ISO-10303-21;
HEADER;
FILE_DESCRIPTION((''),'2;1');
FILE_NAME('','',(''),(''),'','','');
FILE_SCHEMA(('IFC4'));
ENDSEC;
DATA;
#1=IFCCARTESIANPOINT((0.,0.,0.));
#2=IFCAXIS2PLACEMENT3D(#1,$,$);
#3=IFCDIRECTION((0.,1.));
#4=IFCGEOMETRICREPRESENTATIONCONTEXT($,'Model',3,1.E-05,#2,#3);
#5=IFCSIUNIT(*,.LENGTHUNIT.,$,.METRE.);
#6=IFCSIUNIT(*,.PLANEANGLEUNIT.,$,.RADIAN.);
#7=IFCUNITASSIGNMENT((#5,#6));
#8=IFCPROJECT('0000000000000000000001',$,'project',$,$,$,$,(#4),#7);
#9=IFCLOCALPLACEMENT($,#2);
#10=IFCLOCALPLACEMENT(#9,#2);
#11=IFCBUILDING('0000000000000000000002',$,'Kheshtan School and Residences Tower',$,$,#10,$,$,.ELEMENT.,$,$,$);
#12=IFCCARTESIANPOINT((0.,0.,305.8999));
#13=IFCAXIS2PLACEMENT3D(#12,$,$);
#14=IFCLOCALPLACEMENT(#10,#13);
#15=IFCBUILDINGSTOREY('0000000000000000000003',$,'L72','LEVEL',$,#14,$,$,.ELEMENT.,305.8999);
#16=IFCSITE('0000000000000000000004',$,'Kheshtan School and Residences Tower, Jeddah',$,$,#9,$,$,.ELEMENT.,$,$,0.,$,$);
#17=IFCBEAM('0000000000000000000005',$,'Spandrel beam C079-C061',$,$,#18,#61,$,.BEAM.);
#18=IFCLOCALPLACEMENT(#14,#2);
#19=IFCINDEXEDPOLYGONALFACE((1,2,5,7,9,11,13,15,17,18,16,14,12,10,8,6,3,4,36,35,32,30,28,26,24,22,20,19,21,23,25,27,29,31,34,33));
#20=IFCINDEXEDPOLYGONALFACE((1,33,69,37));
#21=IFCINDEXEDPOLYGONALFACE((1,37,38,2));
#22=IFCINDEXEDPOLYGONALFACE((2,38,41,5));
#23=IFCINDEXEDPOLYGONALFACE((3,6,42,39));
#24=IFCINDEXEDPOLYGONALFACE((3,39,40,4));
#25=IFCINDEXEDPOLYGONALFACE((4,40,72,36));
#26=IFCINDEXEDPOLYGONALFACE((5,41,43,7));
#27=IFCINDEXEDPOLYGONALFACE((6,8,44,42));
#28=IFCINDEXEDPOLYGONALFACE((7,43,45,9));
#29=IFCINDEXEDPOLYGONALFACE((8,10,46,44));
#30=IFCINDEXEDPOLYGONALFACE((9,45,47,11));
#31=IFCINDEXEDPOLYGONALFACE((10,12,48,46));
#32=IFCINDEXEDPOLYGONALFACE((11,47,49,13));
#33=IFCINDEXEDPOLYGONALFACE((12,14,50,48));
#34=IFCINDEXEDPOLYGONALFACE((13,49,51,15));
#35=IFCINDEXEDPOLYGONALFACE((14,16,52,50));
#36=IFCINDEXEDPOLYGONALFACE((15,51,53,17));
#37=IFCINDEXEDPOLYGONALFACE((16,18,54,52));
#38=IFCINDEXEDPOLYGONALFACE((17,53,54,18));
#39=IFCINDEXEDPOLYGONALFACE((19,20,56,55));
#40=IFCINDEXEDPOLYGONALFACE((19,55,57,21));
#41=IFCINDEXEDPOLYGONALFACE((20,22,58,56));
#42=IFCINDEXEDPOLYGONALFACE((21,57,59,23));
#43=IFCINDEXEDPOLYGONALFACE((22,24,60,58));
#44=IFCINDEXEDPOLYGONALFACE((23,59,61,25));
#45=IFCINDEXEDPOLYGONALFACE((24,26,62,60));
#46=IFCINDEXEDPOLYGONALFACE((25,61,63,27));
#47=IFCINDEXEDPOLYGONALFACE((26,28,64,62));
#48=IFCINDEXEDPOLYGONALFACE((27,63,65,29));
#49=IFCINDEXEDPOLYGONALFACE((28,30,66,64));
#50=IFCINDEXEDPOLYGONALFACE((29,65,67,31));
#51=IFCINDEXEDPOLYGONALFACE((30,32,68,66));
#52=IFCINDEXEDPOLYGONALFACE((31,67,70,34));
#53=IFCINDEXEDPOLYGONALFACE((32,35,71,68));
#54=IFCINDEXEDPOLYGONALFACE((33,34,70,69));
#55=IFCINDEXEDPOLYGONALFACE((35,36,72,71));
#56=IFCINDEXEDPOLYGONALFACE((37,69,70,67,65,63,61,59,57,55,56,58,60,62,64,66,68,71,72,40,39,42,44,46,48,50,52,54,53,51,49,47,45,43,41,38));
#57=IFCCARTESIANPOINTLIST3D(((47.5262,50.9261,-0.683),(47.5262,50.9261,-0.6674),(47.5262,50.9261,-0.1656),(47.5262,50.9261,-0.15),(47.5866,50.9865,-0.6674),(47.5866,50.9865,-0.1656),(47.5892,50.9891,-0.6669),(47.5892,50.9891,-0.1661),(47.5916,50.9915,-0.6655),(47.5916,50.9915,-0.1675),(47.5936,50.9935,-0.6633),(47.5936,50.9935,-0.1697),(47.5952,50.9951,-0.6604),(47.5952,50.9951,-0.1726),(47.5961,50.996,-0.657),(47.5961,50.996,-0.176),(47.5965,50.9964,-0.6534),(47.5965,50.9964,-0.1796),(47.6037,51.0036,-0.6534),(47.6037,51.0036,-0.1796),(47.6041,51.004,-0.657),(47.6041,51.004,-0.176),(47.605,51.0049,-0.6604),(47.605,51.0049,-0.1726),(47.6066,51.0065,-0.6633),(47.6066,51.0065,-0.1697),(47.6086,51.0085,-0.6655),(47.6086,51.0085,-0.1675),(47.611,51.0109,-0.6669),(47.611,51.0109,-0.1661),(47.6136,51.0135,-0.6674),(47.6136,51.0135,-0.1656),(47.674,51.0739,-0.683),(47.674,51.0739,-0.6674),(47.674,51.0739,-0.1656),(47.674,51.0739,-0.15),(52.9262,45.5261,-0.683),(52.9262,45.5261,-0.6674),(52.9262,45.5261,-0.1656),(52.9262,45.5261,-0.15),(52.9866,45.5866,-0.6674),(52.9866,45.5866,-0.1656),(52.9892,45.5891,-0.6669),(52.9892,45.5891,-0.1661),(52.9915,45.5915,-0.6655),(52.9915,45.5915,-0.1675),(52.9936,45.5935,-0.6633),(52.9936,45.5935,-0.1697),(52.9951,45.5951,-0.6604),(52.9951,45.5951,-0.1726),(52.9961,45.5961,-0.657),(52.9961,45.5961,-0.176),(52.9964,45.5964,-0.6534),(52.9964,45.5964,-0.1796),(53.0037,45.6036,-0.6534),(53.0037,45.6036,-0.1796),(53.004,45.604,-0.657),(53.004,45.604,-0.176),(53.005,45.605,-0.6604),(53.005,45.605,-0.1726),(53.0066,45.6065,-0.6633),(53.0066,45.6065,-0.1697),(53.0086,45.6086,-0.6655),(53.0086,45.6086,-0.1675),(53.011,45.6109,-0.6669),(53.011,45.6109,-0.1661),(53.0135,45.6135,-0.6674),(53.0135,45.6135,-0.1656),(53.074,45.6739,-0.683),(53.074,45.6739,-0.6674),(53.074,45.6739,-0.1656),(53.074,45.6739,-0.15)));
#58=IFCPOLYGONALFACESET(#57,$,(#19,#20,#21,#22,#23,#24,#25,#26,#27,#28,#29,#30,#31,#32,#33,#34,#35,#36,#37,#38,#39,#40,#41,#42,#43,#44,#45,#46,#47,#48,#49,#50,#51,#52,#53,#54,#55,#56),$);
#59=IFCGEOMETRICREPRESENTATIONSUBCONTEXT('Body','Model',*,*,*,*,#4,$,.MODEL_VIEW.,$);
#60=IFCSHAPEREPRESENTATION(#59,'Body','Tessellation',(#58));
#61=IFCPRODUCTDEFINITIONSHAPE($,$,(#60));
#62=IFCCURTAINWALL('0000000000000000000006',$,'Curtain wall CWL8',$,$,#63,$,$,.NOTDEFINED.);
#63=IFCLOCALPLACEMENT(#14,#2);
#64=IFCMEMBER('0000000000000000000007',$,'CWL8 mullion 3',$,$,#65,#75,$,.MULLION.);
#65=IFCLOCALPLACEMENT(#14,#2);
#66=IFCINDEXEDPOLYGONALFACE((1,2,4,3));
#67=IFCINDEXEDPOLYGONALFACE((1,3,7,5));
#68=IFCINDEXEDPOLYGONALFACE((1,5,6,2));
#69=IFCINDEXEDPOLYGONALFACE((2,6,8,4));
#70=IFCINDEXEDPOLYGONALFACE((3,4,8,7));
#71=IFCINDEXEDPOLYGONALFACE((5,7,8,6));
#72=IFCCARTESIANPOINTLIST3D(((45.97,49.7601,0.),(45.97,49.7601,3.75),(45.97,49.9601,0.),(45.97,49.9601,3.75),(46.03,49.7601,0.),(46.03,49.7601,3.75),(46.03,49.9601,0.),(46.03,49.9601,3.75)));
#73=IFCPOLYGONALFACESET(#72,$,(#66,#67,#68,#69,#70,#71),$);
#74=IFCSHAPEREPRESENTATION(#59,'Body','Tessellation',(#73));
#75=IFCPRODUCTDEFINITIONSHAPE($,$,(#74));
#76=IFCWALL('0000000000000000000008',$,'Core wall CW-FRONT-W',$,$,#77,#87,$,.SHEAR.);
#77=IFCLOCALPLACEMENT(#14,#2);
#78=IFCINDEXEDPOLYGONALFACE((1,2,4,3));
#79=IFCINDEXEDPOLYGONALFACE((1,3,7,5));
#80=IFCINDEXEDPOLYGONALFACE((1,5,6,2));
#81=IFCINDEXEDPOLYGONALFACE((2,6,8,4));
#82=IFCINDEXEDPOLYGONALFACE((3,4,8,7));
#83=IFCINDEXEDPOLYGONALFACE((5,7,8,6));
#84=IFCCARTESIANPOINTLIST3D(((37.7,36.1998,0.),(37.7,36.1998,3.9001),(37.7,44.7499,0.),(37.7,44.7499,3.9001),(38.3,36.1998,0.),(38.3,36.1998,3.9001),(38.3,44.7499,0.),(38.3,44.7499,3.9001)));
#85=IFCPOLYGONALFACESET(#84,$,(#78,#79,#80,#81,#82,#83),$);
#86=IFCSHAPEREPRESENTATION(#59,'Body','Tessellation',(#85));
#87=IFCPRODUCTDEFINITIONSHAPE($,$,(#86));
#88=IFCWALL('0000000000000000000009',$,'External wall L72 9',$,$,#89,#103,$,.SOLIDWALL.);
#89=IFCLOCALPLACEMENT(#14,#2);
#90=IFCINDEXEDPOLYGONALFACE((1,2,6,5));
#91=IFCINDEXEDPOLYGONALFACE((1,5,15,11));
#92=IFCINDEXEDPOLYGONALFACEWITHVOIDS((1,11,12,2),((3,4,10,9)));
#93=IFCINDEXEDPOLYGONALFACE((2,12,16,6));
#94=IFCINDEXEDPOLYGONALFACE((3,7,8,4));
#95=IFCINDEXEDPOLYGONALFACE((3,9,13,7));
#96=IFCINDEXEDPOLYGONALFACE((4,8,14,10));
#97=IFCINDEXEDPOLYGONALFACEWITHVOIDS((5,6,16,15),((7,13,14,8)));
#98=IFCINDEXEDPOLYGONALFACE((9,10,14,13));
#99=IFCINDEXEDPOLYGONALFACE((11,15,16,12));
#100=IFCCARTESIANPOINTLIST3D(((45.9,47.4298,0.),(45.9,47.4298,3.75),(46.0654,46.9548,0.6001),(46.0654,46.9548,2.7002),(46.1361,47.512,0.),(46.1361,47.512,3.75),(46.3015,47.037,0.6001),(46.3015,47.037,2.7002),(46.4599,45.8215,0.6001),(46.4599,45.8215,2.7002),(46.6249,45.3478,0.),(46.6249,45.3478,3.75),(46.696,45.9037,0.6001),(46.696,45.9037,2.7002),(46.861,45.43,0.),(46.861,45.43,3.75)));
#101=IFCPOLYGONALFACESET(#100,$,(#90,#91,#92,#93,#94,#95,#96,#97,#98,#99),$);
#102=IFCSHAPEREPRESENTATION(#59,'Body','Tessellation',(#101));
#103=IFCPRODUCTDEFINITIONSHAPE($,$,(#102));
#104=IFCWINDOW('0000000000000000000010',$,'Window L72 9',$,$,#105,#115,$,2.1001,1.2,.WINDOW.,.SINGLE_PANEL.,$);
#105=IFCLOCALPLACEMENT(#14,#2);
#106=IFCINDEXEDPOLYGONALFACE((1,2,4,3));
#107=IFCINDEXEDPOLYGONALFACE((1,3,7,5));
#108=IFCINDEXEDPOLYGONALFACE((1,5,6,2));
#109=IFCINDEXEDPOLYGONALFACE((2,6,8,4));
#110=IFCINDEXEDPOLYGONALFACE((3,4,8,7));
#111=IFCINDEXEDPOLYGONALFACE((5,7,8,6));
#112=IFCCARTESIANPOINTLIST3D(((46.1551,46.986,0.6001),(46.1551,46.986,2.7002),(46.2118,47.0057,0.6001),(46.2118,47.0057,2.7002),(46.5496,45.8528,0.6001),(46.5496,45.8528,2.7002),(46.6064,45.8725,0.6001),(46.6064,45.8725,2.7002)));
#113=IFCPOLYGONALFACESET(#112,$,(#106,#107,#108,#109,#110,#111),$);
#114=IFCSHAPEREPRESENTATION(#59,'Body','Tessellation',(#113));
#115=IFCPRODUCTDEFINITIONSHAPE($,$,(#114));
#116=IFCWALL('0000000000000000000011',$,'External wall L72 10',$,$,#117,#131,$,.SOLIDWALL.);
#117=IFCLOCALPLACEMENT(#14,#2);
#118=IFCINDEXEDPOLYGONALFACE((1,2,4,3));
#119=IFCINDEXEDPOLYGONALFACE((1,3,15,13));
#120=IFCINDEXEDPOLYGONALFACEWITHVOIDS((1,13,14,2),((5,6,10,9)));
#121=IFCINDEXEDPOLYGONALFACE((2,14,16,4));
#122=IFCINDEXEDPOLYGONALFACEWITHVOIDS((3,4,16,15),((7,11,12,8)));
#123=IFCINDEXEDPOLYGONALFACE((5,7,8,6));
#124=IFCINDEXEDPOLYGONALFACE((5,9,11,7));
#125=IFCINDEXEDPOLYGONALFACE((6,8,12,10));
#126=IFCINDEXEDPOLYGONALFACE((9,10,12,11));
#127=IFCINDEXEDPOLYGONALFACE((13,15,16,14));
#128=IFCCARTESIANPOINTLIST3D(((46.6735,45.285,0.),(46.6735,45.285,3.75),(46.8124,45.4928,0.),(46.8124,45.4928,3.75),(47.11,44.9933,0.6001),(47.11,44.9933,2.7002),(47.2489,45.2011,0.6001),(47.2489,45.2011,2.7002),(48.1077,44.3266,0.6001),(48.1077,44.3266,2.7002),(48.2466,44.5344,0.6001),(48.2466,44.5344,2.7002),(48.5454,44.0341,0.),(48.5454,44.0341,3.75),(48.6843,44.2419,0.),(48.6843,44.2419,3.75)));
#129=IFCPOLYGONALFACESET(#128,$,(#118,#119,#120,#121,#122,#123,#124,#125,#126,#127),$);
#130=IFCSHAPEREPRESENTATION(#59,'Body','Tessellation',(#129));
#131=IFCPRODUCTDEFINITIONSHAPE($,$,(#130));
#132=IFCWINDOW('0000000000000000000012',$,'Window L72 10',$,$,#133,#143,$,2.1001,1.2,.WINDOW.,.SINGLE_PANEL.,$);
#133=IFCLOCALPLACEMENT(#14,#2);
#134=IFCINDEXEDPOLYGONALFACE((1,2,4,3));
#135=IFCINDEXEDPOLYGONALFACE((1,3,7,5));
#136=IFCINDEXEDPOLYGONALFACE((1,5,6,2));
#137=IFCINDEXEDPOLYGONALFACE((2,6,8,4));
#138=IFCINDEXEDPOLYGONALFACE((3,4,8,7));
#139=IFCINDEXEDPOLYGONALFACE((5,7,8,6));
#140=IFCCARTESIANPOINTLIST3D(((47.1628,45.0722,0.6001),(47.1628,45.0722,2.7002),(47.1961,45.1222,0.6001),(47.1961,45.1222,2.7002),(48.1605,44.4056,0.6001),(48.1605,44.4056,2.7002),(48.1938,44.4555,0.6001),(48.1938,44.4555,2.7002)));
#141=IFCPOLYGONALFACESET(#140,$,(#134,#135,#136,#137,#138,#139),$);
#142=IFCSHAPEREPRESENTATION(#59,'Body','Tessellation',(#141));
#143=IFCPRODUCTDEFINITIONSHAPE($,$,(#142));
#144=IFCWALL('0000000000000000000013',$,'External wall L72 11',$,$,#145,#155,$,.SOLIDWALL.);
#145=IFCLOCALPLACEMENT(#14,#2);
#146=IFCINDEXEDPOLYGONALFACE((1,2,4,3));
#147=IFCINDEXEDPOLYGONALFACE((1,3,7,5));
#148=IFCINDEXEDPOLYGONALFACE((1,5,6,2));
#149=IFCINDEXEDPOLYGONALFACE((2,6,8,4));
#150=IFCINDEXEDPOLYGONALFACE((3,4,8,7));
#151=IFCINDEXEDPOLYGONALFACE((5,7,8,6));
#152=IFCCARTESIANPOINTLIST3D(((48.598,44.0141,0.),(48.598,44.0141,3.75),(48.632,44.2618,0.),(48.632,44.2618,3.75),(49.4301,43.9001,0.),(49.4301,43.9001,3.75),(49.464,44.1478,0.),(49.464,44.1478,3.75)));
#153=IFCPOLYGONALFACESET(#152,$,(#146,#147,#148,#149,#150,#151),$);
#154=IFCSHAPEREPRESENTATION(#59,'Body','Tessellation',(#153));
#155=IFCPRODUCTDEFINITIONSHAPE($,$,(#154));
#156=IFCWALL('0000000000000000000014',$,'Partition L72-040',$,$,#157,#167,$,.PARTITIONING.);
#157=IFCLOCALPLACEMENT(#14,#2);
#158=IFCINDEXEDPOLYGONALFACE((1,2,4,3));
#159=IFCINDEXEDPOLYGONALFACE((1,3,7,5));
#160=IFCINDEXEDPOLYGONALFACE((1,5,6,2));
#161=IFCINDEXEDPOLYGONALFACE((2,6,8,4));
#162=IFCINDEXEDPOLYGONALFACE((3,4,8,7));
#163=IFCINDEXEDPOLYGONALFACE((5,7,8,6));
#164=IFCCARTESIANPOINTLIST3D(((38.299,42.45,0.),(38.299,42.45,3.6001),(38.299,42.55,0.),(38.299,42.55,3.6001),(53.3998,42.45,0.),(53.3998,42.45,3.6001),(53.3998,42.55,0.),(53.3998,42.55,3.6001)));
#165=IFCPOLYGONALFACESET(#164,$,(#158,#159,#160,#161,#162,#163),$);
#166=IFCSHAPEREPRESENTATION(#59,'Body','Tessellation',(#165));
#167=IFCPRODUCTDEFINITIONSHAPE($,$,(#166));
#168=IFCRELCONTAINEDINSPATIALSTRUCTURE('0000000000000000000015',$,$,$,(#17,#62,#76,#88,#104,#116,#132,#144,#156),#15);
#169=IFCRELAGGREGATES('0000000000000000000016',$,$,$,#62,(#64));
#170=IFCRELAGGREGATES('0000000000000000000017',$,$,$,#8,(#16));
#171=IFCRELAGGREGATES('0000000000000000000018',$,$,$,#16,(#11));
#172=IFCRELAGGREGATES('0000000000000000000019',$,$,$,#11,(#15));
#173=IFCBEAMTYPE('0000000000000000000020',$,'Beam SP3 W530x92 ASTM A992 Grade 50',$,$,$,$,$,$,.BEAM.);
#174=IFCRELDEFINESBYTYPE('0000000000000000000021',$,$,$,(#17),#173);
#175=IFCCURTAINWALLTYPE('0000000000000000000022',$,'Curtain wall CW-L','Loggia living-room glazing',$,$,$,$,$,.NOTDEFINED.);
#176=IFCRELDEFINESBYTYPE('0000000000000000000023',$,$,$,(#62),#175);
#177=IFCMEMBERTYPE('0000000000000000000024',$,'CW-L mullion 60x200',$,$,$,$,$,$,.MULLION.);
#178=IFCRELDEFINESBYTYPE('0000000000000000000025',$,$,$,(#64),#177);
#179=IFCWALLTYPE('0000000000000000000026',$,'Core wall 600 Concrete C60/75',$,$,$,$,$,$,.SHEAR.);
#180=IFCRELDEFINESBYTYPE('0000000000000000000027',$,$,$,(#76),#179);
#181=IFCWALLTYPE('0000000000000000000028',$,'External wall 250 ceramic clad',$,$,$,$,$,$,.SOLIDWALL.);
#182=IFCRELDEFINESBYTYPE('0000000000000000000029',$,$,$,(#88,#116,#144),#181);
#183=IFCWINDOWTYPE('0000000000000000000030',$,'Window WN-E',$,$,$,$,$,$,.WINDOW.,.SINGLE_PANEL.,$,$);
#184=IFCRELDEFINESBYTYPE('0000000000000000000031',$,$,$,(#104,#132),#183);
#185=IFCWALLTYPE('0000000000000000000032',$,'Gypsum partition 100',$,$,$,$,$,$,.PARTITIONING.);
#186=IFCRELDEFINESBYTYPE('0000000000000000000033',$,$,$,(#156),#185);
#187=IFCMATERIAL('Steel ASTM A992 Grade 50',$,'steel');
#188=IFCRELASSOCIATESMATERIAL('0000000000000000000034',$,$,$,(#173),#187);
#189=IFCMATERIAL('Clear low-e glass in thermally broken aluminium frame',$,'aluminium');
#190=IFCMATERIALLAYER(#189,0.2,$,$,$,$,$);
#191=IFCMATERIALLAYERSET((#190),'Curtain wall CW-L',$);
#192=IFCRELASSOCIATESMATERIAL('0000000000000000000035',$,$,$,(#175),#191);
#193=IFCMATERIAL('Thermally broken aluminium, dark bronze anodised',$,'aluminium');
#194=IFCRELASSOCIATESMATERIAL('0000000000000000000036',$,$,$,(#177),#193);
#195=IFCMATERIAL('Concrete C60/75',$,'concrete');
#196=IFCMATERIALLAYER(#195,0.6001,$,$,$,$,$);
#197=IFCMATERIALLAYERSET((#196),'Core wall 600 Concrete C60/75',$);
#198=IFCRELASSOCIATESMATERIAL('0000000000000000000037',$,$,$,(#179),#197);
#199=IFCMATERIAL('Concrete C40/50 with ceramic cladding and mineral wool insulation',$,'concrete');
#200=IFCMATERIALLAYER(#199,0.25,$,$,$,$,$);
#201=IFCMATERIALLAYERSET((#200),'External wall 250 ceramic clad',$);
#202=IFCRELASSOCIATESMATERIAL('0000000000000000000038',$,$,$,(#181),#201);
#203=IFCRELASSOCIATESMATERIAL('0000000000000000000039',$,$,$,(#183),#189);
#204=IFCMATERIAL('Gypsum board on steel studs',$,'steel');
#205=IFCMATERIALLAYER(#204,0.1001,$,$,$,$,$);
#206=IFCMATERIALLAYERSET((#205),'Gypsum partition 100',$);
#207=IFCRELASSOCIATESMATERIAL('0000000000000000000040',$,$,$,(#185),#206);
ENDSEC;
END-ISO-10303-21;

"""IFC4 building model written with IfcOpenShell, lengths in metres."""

from ifc_helpers import new_model, si_unit, direction, frame, frame_2d, origin, origin_2d, place, context, subcontext, project, spatial, rectangle, i_section, extrude, source, transform, mapped, material, layer, layer_set, material_profile, profile_set, type_object, element, fill, aggregate, save


model = new_model("IFC4")

# Units and contexts
model_context = context("Model", 3, precision=1e-05, world=origin(), true_north=direction((0.0, 1.0)))
body_context = subcontext(model_context, "Body", "Model", "MODEL_VIEW")
ifc_project = project(units=[si_unit("LENGTHUNIT", "METRE"), si_unit("PLANEANGLEUNIT", "RADIAN")], contexts=[model_context])

# Site, building, storey
site_placement = place(None, origin())
site = spatial("IfcSite", under=ifc_project, at=site_placement, Name="Kheshtan School and Residences Tower, Jeddah", CompositionType="ELEMENT", RefElevation=0.0)
building_placement = place(site_placement, origin())
building = spatial("IfcBuilding", under=site, at=building_placement, Name="Kheshtan School and Residences Tower", CompositionType="ELEMENT")
storey_placement = place(building_placement, frame((0.0, 0.0, 305.8999)))
storey = spatial("IfcBuildingStorey", under=building, at=storey_placement, Name="L72", Description="LEVEL", CompositionType="ELEMENT", Elevation=305.8999)

# Shared definitions
ifc_material_1 = material(Name="Steel ASTM A992 Grade 50", Category="steel")

# Beam
ifc_material_profile_1 = material_profile(ifc_material_1, i_section(OverallWidth=0.209, OverallDepth=0.533, WebThickness=0.0103, FlangeThickness=0.0156, FilletRadius=0.0139, at=origin_2d()), Name="W530x92")
ifc_profile_set_1 = profile_set([ifc_material_profile_1], Name="Steel ASTM A992 Grade 50")
beam_type_1 = type_object("IfcBeamType", Name="Beam SP3 W530x92 ASTM A992 Grade 50", PredefinedType="BEAM", material=ifc_profile_set_1)
beam_1_placement = place(storey_placement, frame((47.6001, 51.0, -0.4165), z_axis=(0.707107, -0.707107, 0.0), x_axis=(0.707107, 0.707107, 0.0)))
element("IfcBeam", 1, at=beam_1_placement, inside=storey, type_object=beam_type_1, Name="Spandrel beam C079-C061", PredefinedType="BEAM", context=body_context, shape_type="SweptSolid", body=[
    extrude(i_section(OverallWidth=0.209, OverallDepth=0.533, WebThickness=0.0103, FlangeThickness=0.0156, FilletRadius=0.0139, at=origin_2d()), origin(), (0.0, 0.0, 1.0), 7.6367),
])

# Curtain wall, member
ifc_material_2 = material(Name="Clear low-e glass in thermally broken aluminium frame", Category="aluminium")
ifc_layer_1 = layer(ifc_material_2, 0.2)
ifc_layer_set_1 = layer_set([ifc_layer_1], Name="Curtain wall CW-L")
curtain_wall_type = type_object("IfcCurtainWallType", Name="Curtain wall CW-L", Description="Loggia living-room glazing", PredefinedType="NOTDEFINED", material=ifc_layer_set_1)
curtain_wall_placement = place(storey_placement, origin())
curtain_wall = element("IfcCurtainWall", 2, at=curtain_wall_placement, inside=storey, type_object=curtain_wall_type, Name="Curtain wall CWL8", PredefinedType="NOTDEFINED")
ifc_material_3 = material(Name="Thermally broken aluminium, dark bronze anodised", Category="aluminium")
ifc_material_profile_2 = material_profile(ifc_material_3, rectangle(XDim=0.0601, YDim=0.2, at=origin_2d()), Name="CW-L mullion 60x200")
ifc_profile_set_2 = profile_set([ifc_material_profile_2], Name="Thermally broken aluminium, dark bronze anodised")
member_type = type_object("IfcMemberType", Name="CW-L mullion 60x200", PredefinedType="MULLION", material=ifc_profile_set_2)
member_placement = place(storey_placement, frame((46.0, 49.8601, 0.0), z_axis=(0.0, 0.0, 1.0), x_axis=(1.0, 0.0, 0.0)))
member = element("IfcMember", 3, at=member_placement, type_object=member_type, Name="CWL8 mullion 3", PredefinedType="MULLION", context=body_context, shape_type="SweptSolid", body=[
    extrude(rectangle(XDim=0.0601, YDim=0.2, at=origin_2d()), origin(), (0.0, 0.0, 1.0), 3.75),
])
aggregate(curtain_wall, [member])

# Wall
ifc_material_4 = material(Name="Concrete C60/75", Category="concrete")
ifc_layer_2 = layer(ifc_material_4, 0.6001)
ifc_layer_set_2 = layer_set([ifc_layer_2], Name="Core wall 600 Concrete C60/75")
wall_type_1 = type_object("IfcWallType", Name="Core wall 600 Concrete C60/75", PredefinedType="SHEAR", material=ifc_layer_set_2)
wall_1_placement = place(storey_placement, frame((38.0, 36.2, 0.0), z_axis=(0.0, 0.0, 1.0), x_axis=(0.0, 1.0, 0.0)))
element("IfcWall", 4, at=wall_1_placement, inside=storey, type_object=wall_type_1, Name="Core wall CW-FRONT-W", PredefinedType="SHEAR", context=body_context, shape_type="SweptSolid", body=[
    extrude(rectangle(XDim=8.55, YDim=0.6001, at=frame_2d((4.2749, 0.0))), origin(), (0.0, 0.0, 1.0), 3.9001),
])

# Walls, openings, windows
ifc_material_5 = material(Name="Concrete C40/50 with ceramic cladding and mineral wool insulation", Category="concrete")
ifc_layer_3 = layer(ifc_material_5, 0.25)
ifc_layer_set_3 = layer_set([ifc_layer_3], Name="External wall 250 ceramic clad")
wall_type_2 = type_object("IfcWallType", Name="External wall 250 ceramic clad", PredefinedType="SOLIDWALL", material=ifc_layer_set_3)
wall_2_placement = place(storey_placement, frame((46.0181, 47.4709, 0.0), z_axis=(0.0, 0.0, 1.0), x_axis=(0.328791, -0.944403, 0.0)))
wall_2 = element("IfcWall", 5, at=wall_2_placement, inside=storey, type_object=wall_type_2, Name="External wall L72 9", PredefinedType="SOLIDWALL", context=body_context, shape_type="SweptSolid", body=[
    extrude(rectangle(XDim=2.2046, YDim=0.25, at=frame_2d((1.1023, 0.0))), origin(), (0.0, 0.0, 1.0), 3.75),
])
opening_1_placement = place(wall_2_placement, frame((0.5029, 0.0, 0.6001)))
opening_1 = element("IfcOpeningElement", 6, at=opening_1_placement, cuts=wall_2, PredefinedType="OPENING", context=body_context, shape_type="SweptSolid", body=[
    extrude(rectangle(XDim=1.2, YDim=2.1001, at=frame_2d((0.6001, 1.05))), frame((0.0, 0.135, 0.0), z_axis=(0.0, -1.0, 0.0), x_axis=(1.0, 0.0, 0.0)), (0.0, 0.0, 1.0), 0.27),
])
window_type = type_object("IfcWindowType", Name="Window WN-E", PartitioningType="SINGLE_PANEL", PredefinedType="WINDOW", material=ifc_material_2)
shared_shape_1 = source(origin(), body_context, "Body", "SweptSolid", [
    extrude(rectangle(XDim=1.2, YDim=2.1001, at=frame_2d((0.6001, 1.05))), frame((0.0, 0.03, 0.0), z_axis=(0.0, -1.0, 0.0), x_axis=(1.0, 0.0, 0.0)), (0.0, 0.0, 1.0), 0.0601),
])
window_1_placement = place(opening_1_placement, origin())
window_1 = element("IfcWindow", 7, at=window_1_placement, inside=storey, type_object=window_type, Name="Window L72 9", OverallHeight=2.1001, OverallWidth=1.2, PartitioningType="SINGLE_PANEL", PredefinedType="WINDOW", context=body_context, shape_type="MappedRepresentation", body=[
    mapped(shared_shape_1, transform((0.0, 0.0, 0.0), x_axis=(1.0, 0.0, 0.0), y_axis=(0.0, 1.0, 0.0), z_axis=(0.0, 0.0, 1.0), scale=1.0)),
])
fill(opening_1, window_1)
wall_3_placement = place(storey_placement, frame((46.7429, 45.3889, 0.0), z_axis=(0.0, 0.0, 1.0), x_axis=(0.831449, -0.555601, 0.0)))
wall_3 = element("IfcWall", 8, at=wall_3_placement, inside=storey, type_object=wall_type_2, Name="External wall L72 10", PredefinedType="SOLIDWALL", context=body_context, shape_type="SweptSolid", body=[
    extrude(rectangle(XDim=2.2515, YDim=0.25, at=frame_2d((1.1257, 0.0))), origin(), (0.0, 0.0, 1.0), 3.75),
])
opening_2_placement = place(wall_3_placement, frame((0.5249, 0.0, 0.6001)))
opening_2 = element("IfcOpeningElement", 9, at=opening_2_placement, cuts=wall_3, PredefinedType="OPENING", context=body_context, shape_type="SweptSolid", body=[
    extrude(rectangle(XDim=1.2, YDim=2.1001, at=frame_2d((0.6001, 1.05))), frame((0.0, 0.135, 0.0), z_axis=(0.0, -1.0, 0.0), x_axis=(1.0, 0.0, 0.0)), (0.0, 0.0, 1.0), 0.27),
])
window_2_placement = place(opening_2_placement, origin())
window_2 = element("IfcWindow", 10, at=window_2_placement, inside=storey, type_object=window_type, Name="Window L72 10", OverallHeight=2.1001, OverallWidth=1.2, PartitioningType="SINGLE_PANEL", PredefinedType="WINDOW", context=body_context, shape_type="MappedRepresentation", body=[
    mapped(shared_shape_1, transform((0.0, 0.0, 0.0), x_axis=(1.0, 0.0, 0.0), y_axis=(0.0, 1.0, 0.0), z_axis=(0.0, 0.0, 1.0), scale=1.0)),
])
fill(opening_2, window_2)

# Wall
wall_4_placement = place(storey_placement, frame((48.615, 44.1379, 0.0), z_axis=(0.0, 0.0, 1.0), x_axis=(0.990742, -0.135762, 0.0)))
element("IfcWall", 11, at=wall_4_placement, inside=storey, type_object=wall_type_2, Name="External wall L72 11", PredefinedType="SOLIDWALL", context=body_context, shape_type="SweptSolid", body=[
    extrude(rectangle(XDim=0.8398, YDim=0.25, at=frame_2d((0.4199, 0.0))), origin(), (0.0, 0.0, 1.0), 3.75),
])

# Wall
ifc_material_6 = material(Name="Gypsum board on steel studs", Category="steel")
ifc_layer_4 = layer(ifc_material_6, 0.1001)
ifc_layer_set_4 = layer_set([ifc_layer_4], Name="Gypsum partition 100")
wall_type_3 = type_object("IfcWallType", Name="Gypsum partition 100", PredefinedType="PARTITIONING", material=ifc_layer_set_4)
wall_5_placement = place(storey_placement, frame((38.2991, 42.5, 0.0), z_axis=(0.0, 0.0, 1.0), x_axis=(1.0, 0.0, 0.0)))
element("IfcWall", 12, at=wall_5_placement, inside=storey, type_object=wall_type_3, Name="Partition L72-040", PredefinedType="PARTITIONING", context=body_context, shape_type="SweptSolid", body=[
    extrude(rectangle(XDim=15.1008, YDim=0.1001, at=frame_2d((7.5503, 0.0))), origin(), (0.0, 0.0, 1.0), 3.6001),
])

save(model, "model.ifc")
